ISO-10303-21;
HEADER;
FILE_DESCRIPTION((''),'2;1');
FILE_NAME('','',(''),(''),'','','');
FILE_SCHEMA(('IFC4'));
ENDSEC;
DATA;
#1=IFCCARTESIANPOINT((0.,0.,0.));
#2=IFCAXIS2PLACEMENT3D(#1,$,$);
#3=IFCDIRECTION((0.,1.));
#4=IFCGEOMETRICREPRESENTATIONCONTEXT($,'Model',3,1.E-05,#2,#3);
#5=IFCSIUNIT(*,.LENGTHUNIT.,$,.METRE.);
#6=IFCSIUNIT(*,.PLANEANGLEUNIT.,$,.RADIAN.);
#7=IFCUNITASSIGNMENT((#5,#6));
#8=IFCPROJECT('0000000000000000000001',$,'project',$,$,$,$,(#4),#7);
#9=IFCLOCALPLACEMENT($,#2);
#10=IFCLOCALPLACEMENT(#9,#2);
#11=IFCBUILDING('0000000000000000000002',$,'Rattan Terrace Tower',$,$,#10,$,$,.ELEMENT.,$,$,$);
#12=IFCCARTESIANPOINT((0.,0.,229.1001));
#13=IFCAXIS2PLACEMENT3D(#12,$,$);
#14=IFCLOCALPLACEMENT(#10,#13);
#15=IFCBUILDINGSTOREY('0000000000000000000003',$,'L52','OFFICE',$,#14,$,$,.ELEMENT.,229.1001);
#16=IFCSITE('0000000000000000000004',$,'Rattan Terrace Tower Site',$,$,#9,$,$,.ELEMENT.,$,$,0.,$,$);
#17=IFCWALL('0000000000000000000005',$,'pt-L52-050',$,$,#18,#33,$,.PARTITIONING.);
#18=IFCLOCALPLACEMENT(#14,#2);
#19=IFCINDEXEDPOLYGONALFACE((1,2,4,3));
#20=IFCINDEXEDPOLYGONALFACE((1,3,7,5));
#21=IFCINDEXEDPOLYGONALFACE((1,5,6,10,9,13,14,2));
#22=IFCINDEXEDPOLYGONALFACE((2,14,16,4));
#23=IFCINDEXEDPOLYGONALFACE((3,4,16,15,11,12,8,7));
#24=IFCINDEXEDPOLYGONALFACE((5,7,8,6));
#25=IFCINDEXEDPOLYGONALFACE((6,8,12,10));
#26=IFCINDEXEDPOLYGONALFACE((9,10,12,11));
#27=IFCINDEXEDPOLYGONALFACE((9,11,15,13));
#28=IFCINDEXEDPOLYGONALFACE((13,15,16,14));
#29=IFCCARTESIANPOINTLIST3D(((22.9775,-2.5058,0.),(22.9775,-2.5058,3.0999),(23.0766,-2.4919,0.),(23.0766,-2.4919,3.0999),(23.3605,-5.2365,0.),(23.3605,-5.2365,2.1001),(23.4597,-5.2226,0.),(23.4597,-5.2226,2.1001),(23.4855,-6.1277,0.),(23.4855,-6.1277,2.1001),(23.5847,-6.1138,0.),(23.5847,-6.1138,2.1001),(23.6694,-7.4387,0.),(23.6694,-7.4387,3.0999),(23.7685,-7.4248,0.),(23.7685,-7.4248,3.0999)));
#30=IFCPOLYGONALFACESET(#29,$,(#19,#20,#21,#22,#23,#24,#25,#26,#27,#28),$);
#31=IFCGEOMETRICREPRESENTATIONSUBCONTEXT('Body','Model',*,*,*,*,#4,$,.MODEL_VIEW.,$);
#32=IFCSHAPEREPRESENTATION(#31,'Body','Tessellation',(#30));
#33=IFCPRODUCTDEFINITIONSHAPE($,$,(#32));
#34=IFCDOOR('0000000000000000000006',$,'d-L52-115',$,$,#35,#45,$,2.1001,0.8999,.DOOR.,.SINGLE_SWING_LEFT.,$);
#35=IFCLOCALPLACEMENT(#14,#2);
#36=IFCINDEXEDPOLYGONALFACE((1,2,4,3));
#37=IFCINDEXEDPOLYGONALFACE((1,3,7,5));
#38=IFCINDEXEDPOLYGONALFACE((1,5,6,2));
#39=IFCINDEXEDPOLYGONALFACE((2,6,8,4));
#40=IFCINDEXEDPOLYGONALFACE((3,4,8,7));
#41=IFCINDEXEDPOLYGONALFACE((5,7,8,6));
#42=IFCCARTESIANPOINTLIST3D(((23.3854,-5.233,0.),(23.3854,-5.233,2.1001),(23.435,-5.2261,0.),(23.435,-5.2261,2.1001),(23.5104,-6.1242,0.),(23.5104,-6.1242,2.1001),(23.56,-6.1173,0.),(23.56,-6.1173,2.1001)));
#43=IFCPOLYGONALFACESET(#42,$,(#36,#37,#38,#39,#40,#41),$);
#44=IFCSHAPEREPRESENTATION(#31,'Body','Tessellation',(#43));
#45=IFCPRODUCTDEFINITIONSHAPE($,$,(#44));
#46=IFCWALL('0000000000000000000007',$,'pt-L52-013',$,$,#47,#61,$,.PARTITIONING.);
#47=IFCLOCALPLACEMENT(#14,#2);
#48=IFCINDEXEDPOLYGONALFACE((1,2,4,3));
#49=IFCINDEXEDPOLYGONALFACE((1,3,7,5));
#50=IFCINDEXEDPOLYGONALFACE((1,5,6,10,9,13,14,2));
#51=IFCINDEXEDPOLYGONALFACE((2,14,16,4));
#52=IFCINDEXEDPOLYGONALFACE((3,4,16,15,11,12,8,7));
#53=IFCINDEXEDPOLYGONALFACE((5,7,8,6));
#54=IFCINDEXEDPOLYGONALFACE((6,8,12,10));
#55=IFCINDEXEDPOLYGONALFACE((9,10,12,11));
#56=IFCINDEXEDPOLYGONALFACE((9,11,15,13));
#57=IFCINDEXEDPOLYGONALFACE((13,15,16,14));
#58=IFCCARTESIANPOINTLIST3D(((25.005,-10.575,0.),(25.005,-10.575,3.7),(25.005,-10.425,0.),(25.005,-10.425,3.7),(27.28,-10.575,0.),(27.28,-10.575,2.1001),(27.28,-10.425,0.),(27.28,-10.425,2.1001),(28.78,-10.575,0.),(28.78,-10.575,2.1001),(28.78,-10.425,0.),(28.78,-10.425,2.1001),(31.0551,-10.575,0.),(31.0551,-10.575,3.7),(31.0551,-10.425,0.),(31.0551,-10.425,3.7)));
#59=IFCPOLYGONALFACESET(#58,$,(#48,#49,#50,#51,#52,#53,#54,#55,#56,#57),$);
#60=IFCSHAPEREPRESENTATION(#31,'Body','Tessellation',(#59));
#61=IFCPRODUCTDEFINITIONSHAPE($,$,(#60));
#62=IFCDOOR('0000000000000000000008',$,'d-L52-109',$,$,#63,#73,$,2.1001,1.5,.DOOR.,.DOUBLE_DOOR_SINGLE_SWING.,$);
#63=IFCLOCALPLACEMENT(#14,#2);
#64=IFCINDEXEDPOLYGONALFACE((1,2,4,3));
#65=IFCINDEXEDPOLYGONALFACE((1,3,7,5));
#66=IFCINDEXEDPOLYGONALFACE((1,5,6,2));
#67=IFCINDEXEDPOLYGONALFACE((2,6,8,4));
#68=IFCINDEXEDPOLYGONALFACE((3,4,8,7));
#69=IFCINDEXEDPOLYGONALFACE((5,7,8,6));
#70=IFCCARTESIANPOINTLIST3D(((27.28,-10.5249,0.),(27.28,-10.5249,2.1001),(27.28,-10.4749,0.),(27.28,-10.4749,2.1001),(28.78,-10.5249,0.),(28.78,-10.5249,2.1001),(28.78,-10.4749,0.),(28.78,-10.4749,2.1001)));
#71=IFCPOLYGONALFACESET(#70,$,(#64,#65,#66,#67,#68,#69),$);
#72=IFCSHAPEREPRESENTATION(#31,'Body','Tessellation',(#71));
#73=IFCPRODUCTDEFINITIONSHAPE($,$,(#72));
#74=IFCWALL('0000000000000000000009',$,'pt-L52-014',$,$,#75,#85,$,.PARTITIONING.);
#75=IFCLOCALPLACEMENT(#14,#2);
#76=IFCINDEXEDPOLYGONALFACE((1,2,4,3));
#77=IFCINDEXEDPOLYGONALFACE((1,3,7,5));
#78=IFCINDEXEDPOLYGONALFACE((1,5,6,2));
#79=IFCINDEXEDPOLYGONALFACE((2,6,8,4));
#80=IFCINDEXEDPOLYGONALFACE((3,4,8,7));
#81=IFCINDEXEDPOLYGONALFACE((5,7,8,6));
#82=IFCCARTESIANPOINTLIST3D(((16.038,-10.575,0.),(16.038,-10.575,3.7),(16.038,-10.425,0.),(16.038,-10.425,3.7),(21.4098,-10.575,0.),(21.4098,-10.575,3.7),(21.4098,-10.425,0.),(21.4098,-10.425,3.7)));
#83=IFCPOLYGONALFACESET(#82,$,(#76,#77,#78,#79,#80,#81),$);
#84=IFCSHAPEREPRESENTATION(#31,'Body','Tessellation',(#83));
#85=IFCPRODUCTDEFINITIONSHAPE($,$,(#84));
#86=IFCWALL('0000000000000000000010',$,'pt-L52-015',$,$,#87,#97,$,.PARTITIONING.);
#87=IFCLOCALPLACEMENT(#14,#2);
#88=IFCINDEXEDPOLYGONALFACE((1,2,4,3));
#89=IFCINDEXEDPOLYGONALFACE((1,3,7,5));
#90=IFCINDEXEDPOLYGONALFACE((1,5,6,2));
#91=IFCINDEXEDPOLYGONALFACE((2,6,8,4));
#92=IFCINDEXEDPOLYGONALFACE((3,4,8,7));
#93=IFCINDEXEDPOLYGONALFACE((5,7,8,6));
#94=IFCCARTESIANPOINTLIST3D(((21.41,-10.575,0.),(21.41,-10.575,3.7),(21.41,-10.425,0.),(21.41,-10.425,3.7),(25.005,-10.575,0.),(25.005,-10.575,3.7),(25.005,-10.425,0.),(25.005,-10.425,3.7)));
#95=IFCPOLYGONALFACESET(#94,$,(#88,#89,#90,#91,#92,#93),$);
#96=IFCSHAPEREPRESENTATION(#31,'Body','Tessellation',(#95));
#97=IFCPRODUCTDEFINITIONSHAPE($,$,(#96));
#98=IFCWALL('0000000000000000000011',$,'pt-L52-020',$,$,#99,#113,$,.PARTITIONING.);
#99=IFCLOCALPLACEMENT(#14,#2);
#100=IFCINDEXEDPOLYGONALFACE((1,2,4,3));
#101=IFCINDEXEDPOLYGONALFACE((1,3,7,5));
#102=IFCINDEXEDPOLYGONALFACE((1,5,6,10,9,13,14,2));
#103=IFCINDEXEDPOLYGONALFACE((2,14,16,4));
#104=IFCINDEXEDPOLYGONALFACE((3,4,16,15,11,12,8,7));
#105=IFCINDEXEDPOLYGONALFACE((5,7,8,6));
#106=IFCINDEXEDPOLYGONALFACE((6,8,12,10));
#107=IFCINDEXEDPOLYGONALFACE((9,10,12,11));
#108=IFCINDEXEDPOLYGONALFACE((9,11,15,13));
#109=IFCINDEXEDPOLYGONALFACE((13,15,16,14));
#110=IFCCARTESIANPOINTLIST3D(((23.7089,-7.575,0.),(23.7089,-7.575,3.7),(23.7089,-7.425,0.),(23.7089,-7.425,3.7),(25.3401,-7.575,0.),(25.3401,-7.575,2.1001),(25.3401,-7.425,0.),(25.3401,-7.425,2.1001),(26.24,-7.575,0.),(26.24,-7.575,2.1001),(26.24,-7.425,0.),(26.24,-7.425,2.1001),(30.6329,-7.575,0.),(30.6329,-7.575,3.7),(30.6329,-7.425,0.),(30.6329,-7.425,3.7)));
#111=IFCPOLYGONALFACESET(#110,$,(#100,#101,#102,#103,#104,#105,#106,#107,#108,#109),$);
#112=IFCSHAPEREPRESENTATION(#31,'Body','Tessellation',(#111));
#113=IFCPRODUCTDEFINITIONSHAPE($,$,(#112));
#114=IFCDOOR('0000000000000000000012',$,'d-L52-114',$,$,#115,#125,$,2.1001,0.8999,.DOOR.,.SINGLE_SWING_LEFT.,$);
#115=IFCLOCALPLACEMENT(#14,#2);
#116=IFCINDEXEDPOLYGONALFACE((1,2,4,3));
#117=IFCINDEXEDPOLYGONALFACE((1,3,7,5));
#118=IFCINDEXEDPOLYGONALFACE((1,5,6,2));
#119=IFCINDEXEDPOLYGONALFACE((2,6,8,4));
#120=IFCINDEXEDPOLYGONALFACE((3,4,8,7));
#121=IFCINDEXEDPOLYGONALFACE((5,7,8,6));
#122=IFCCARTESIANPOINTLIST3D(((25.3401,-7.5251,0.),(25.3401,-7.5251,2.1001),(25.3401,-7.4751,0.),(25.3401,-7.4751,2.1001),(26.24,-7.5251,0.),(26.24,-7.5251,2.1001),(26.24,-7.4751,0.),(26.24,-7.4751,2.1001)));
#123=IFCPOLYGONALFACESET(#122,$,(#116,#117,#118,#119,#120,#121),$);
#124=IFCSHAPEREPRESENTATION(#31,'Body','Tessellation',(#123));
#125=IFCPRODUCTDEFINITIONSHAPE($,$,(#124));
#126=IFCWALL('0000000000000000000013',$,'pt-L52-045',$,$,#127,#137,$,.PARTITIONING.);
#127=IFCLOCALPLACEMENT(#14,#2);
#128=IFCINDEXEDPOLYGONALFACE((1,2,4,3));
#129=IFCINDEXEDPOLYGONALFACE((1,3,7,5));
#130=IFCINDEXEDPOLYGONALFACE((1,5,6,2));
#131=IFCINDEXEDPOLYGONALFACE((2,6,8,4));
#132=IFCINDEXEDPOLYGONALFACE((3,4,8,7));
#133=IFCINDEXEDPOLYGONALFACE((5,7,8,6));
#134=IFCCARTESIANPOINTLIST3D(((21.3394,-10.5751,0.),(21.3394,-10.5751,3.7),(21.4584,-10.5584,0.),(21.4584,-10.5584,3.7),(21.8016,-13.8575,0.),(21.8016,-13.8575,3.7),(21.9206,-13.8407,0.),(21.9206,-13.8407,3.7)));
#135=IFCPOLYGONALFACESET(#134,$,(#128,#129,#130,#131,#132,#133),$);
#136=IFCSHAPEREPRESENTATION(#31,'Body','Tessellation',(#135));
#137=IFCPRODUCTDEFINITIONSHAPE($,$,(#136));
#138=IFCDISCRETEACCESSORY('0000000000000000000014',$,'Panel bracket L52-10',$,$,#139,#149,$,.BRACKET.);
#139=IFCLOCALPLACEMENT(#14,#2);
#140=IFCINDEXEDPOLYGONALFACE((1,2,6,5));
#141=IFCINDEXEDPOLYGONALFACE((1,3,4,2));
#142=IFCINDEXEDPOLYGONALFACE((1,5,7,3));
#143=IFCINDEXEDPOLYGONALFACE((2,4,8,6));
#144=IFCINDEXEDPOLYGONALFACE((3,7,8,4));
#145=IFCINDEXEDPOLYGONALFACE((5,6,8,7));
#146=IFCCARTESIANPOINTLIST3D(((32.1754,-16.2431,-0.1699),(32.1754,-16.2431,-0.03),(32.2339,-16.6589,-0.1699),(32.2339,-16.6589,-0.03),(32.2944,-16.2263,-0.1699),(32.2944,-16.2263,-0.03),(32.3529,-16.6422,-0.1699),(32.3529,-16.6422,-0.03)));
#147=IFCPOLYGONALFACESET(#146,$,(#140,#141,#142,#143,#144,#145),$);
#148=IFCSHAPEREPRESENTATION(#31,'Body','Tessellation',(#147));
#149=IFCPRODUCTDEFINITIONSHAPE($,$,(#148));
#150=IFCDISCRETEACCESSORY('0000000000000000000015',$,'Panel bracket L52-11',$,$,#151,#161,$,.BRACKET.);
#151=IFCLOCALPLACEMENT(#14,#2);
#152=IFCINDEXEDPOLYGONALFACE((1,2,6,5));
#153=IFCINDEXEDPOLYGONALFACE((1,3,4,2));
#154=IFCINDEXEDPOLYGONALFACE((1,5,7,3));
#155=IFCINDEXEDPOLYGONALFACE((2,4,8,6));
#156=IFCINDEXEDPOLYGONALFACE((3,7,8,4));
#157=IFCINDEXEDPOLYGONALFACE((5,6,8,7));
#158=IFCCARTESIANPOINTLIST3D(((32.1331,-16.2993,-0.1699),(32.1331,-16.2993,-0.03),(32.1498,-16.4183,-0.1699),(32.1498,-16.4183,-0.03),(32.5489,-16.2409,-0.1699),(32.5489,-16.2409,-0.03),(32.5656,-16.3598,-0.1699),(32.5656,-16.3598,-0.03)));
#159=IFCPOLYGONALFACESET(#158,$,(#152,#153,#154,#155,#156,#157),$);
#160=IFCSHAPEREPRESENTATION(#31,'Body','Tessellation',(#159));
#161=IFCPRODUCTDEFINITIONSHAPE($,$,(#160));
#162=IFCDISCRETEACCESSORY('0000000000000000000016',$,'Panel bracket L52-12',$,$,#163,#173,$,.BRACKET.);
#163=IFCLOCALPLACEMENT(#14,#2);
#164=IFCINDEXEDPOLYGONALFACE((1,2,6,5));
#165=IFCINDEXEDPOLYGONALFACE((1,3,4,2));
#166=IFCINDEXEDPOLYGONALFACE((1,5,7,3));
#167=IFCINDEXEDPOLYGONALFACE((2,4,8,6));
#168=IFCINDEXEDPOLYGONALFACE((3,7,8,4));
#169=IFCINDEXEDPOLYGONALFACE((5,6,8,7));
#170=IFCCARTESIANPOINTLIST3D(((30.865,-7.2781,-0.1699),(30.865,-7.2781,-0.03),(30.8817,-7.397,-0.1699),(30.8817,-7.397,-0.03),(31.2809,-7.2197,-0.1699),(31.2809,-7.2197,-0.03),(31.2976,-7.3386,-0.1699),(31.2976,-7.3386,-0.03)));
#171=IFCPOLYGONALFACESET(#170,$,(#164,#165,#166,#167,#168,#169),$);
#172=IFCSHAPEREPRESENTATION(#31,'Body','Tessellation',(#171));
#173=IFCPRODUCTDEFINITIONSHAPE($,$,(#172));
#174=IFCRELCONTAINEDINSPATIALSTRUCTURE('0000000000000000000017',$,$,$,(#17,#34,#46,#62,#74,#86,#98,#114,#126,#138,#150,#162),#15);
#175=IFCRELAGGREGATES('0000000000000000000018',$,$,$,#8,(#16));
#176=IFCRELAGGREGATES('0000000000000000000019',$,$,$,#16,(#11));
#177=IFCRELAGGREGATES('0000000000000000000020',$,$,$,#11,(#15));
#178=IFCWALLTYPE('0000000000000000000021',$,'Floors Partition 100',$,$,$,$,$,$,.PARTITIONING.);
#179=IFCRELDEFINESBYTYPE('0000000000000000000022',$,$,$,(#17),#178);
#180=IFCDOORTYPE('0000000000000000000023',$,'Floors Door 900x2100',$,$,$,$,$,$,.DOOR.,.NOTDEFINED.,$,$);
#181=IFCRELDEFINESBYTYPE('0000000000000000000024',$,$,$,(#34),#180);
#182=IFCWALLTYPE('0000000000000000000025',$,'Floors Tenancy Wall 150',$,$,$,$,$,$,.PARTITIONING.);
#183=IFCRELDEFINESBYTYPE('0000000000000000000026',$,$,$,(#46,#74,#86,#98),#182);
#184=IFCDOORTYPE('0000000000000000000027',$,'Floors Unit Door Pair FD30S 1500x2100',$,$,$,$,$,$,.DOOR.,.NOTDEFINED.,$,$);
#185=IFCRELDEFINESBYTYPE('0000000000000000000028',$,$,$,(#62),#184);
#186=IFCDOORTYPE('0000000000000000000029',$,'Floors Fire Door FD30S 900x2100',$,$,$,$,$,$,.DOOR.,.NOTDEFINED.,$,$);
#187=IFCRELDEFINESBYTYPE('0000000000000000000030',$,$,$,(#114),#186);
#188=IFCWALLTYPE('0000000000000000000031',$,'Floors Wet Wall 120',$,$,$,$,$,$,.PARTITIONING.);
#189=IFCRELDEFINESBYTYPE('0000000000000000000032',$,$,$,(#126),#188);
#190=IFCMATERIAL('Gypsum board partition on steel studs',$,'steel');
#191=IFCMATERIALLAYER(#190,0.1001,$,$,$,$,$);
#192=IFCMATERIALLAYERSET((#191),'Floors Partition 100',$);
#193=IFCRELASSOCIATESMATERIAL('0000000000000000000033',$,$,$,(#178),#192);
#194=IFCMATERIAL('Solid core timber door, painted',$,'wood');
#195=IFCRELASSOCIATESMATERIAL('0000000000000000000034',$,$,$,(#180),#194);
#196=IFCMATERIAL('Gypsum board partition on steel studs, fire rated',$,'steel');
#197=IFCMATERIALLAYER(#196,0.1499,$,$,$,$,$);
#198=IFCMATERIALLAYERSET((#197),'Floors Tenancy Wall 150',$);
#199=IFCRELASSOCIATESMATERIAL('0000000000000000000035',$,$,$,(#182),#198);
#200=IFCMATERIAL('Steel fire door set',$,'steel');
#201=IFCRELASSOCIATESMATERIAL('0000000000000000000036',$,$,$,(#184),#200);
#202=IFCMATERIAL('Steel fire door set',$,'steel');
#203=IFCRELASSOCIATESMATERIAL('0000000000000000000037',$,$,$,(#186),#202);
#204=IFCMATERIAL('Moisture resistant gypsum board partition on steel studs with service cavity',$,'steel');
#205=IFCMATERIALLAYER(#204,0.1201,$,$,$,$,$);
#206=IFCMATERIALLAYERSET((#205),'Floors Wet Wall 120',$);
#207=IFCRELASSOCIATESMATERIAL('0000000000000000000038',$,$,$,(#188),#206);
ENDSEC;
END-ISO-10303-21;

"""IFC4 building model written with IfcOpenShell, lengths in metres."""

from ifc_helpers import new_model, si_unit, direction, frame, frame_2d, origin, origin_2d, place, context, subcontext, project, spatial, rectangle, extrude, material, layer, layer_set, type_object, element, fill, save


model = new_model("IFC4")

# Units and contexts
model_context = context("Model", 3, precision=1e-05, world=origin(), true_north=direction((0.0, 1.0)))
body_context = subcontext(model_context, "Body", "Model", "MODEL_VIEW")
ifc_project = project(units=[si_unit("LENGTHUNIT", "METRE"), si_unit("PLANEANGLEUNIT", "RADIAN")], contexts=[model_context])

# Site, building, storey
site_placement = place(None, origin())
site = spatial("IfcSite", under=ifc_project, at=site_placement, Name="Rattan Terrace Tower Site", CompositionType="ELEMENT", RefElevation=0.0)
building_placement = place(site_placement, origin())
building = spatial("IfcBuilding", under=site, at=building_placement, Name="Rattan Terrace Tower", CompositionType="ELEMENT")
storey_placement = place(building_placement, frame((0.0, 0.0, 229.1001)))
storey = spatial("IfcBuildingStorey", under=building, at=storey_placement, Name="L52", Description="OFFICE", CompositionType="ELEMENT", Elevation=229.1001)

# Shared definitions
ifc_material_1 = material(Name="Gypsum board partition on steel studs", Category="steel")
ifc_layer_1 = layer(ifc_material_1, 0.1001)
ifc_layer_set_1 = layer_set([ifc_layer_1], Name="Floors Partition 100")
wall_type_1 = type_object("IfcWallType", Name="Floors Partition 100", PredefinedType="PARTITIONING", material=ifc_layer_set_1)
ifc_material_2 = material(Name="Solid core timber door, painted", Category="wood")
door_type_1 = type_object("IfcDoorType", Name="Floors Door 900x2100", OperationType="NOTDEFINED", PredefinedType="DOOR", material=ifc_material_2)

# Walls, openings, doors
wall_1_placement = place(storey_placement, frame((23.719, -7.4319, 0.0), z_axis=(0.0, 0.0, 1.0), x_axis=(-0.138903, 0.990306, 0.0)))
wall_1 = element("IfcWall", 1, at=wall_1_placement, inside=storey, type_object=wall_type_1, Name="pt-L52-050", PredefinedType="PARTITIONING", context=body_context, shape_type="SweptSolid", body=[
    extrude(rectangle(XDim=4.9812, YDim=0.1001, at=frame_2d((2.4907, 0.0))), origin(), (0.0, 0.0, 1.0), 3.0999),
])
opening_1_placement = place(wall_1_placement, frame((1.324, 0.0, 0.0)))
opening_1 = element("IfcOpeningElement", 2, at=opening_1_placement, cuts=wall_1, PredefinedType="OPENING", context=body_context, shape_type="SweptSolid", body=[
    extrude(rectangle(XDim=0.8999, YDim=2.1001, at=frame_2d((0.45, 1.05))), frame((0.0, 0.0605, 0.0), z_axis=(0.0, -1.0, 0.0), x_axis=(1.0, 0.0, 0.0)), (0.0, 0.0, 1.0), 0.1211),
])
door_1_placement = place(opening_1_placement, origin())
door_1 = element("IfcDoor", 3, at=door_1_placement, inside=storey, type_object=door_type_1, Name="d-L52-115", OperationType="SINGLE_SWING_LEFT", OverallHeight=2.1001, OverallWidth=0.8999, PredefinedType="DOOR", context=body_context, shape_type="SweptSolid", body=[
    extrude(rectangle(XDim=0.8999, YDim=2.1001, at=frame_2d((0.45, 1.05))), frame((0.0, 0.0249, 0.0), z_axis=(0.0, -1.0, 0.0), x_axis=(1.0, 0.0, 0.0)), (0.0, 0.0, 1.0), 0.05),
])
fill(opening_1, door_1)
ifc_material_3 = material(Name="Gypsum board partition on steel studs, fire rated", Category="steel")
ifc_layer_2 = layer(ifc_material_3, 0.1499)
ifc_layer_set_2 = layer_set([ifc_layer_2], Name="Floors Tenancy Wall 150")
wall_type_2 = type_object("IfcWallType", Name="Floors Tenancy Wall 150", PredefinedType="PARTITIONING", material=ifc_layer_set_2)
wall_2_placement = place(storey_placement, frame((31.0549, -10.5, 0.0), z_axis=(0.0, 0.0, 1.0), x_axis=(-1.0, 0.0, 0.0)))
wall_2 = element("IfcWall", 4, at=wall_2_placement, inside=storey, type_object=wall_type_2, Name="pt-L52-013", PredefinedType="PARTITIONING", context=body_context, shape_type="SweptSolid", body=[
    extrude(rectangle(XDim=6.05, YDim=0.1499, at=frame_2d((3.0249, 0.0))), origin(), (0.0, 0.0, 1.0), 3.7),
])
opening_2_placement = place(wall_2_placement, frame((2.2749, 0.0, 0.0)))
opening_2 = element("IfcOpeningElement", 5, at=opening_2_placement, cuts=wall_2, PredefinedType="OPENING", context=body_context, shape_type="SweptSolid", body=[
    extrude(rectangle(XDim=1.5, YDim=2.1001, at=frame_2d((0.75, 1.05))), frame((0.0, 0.0854, 0.0), z_axis=(0.0, -1.0, 0.0), x_axis=(1.0, 0.0, 0.0)), (0.0, 0.0, 1.0), 0.1709),
])
ifc_material_4 = material(Name="Steel fire door set", Category="steel")
door_type_2 = type_object("IfcDoorType", Name="Floors Unit Door Pair FD30S 1500x2100", OperationType="NOTDEFINED", PredefinedType="DOOR", material=ifc_material_4)
door_2_placement = place(opening_2_placement, origin())
door_2 = element("IfcDoor", 6, at=door_2_placement, inside=storey, type_object=door_type_2, Name="d-L52-109", OperationType="DOUBLE_DOOR_SINGLE_SWING", OverallHeight=2.1001, OverallWidth=1.5, PredefinedType="DOOR", context=body_context, shape_type="SweptSolid", body=[
    extrude(rectangle(XDim=1.5, YDim=2.1001, at=frame_2d((0.75, 1.05))), frame((0.0, 0.0249, 0.0), z_axis=(0.0, -1.0, 0.0), x_axis=(1.0, 0.0, 0.0)), (0.0, 0.0, 1.0), 0.05),
])
fill(opening_2, door_2)

# Walls
wall_3_placement = place(storey_placement, frame((21.4099, -10.5, 0.0), z_axis=(0.0, 0.0, 1.0), x_axis=(-1.0, 0.0, 0.0)))
element("IfcWall", 7, at=wall_3_placement, inside=storey, type_object=wall_type_2, Name="pt-L52-014", PredefinedType="PARTITIONING", context=body_context, shape_type="SweptSolid", body=[
    extrude(rectangle(XDim=5.3718, YDim=0.1499, at=frame_2d((2.686, 0.0))), origin(), (0.0, 0.0, 1.0), 3.7),
])
wall_4_placement = place(storey_placement, frame((25.0049, -10.5, 0.0), z_axis=(0.0, 0.0, 1.0), x_axis=(-1.0, 0.0, 0.0)))
element("IfcWall", 8, at=wall_4_placement, inside=storey, type_object=wall_type_2, Name="pt-L52-015", PredefinedType="PARTITIONING", context=body_context, shape_type="SweptSolid", body=[
    extrude(rectangle(XDim=3.595, YDim=0.1499, at=frame_2d((1.7974, 0.0))), origin(), (0.0, 0.0, 1.0), 3.7),
])

# Wall, opening, door
wall_5_placement = place(storey_placement, frame((23.709, -7.5, 0.0), z_axis=(0.0, 0.0, 1.0), x_axis=(1.0, 0.0, 0.0)))
wall_5 = element("IfcWall", 9, at=wall_5_placement, inside=storey, type_object=wall_type_2, Name="pt-L52-020", PredefinedType="PARTITIONING", context=body_context, shape_type="SweptSolid", body=[
    extrude(rectangle(XDim=6.9241, YDim=0.1499, at=frame_2d((3.4619, 0.0))), origin(), (0.0, 0.0, 1.0), 3.7),
])
opening_3_placement = place(wall_5_placement, frame((1.6311, 0.0, 0.0)))
opening_3 = element("IfcOpeningElement", 10, at=opening_3_placement, cuts=wall_5, PredefinedType="OPENING", context=body_context, shape_type="SweptSolid", body=[
    extrude(rectangle(XDim=0.8999, YDim=2.1001, at=frame_2d((0.45, 1.05))), frame((0.0, 0.0854, 0.0), z_axis=(0.0, -1.0, 0.0), x_axis=(1.0, 0.0, 0.0)), (0.0, 0.0, 1.0), 0.1709),
])
ifc_material_5 = material(Name="Steel fire door set", Category="steel")
door_type_3 = type_object("IfcDoorType", Name="Floors Fire Door FD30S 900x2100", OperationType="NOTDEFINED", PredefinedType="DOOR", material=ifc_material_5)
door_3_placement = place(opening_3_placement, origin())
door_3 = element("IfcDoor", 11, at=door_3_placement, inside=storey, type_object=door_type_3, Name="d-L52-114", OperationType="SINGLE_SWING_LEFT", OverallHeight=2.1001, OverallWidth=0.8999, PredefinedType="DOOR", context=body_context, shape_type="SweptSolid", body=[
    extrude(rectangle(XDim=0.8999, YDim=2.1001, at=frame_2d((0.45, 1.05))), frame((0.0, 0.0249, 0.0), z_axis=(0.0, -1.0, 0.0), x_axis=(1.0, 0.0, 0.0)), (0.0, 0.0, 1.0), 0.05),
])
fill(opening_3, door_3)

# Wall
ifc_material_6 = material(Name="Moisture resistant gypsum board partition on steel studs with service cavity", Category="steel")
ifc_layer_3 = layer(ifc_material_6, 0.1201)
ifc_layer_set_3 = layer_set([ifc_layer_3], Name="Floors Wet Wall 120")
wall_type_3 = type_object("IfcWallType", Name="Floors Wet Wall 120", PredefinedType="PARTITIONING", material=ifc_layer_set_3)
wall_6_placement = place(storey_placement, frame((21.3989, -10.5669, 0.0), z_axis=(0.0, 0.0, 1.0), x_axis=(0.139431, -0.990232, 0.0)))
element("IfcWall", 12, at=wall_6_placement, inside=storey, type_object=wall_type_3, Name="pt-L52-045", PredefinedType="PARTITIONING", context=body_context, shape_type="SweptSolid", body=[
    extrude(rectangle(XDim=3.3147, YDim=0.1201, at=frame_2d((1.6572, 0.0))), origin(), (0.0, 0.0, 1.0), 3.7),
])

# Discrete accessories
for number, where, z_axis, x_axis, name in (
    (13, (32.2642, -16.4426, -0.1699), (0.0, 0.0, 1.0), (0.990254, 0.139275, 0.0), "Panel bracket L52-10"),
    (14, (32.3494, -16.3296, -0.1699), (0.0, 0.0, 1.0), (-0.139186, 0.990266, 0.0), "Panel bracket L52-11"),
    (15, (31.0813, -7.3083, -0.1699), (0.0, 0.0, 1.0), (-0.139186, 0.990266, 0.0), "Panel bracket L52-12"),
):
    element("IfcDiscreteAccessory", number, at=place(storey_placement, frame(where, z_axis=z_axis, x_axis=x_axis)), inside=storey, Name=name, PredefinedType="BRACKET", context=body_context, shape_type="SweptSolid", body=[
        extrude(rectangle(XDim=0.1201, YDim=0.4199, at=origin_2d()), origin(), (0.0, 0.0, 1.0), 0.1399),
    ])

save(model, "model.ifc")
